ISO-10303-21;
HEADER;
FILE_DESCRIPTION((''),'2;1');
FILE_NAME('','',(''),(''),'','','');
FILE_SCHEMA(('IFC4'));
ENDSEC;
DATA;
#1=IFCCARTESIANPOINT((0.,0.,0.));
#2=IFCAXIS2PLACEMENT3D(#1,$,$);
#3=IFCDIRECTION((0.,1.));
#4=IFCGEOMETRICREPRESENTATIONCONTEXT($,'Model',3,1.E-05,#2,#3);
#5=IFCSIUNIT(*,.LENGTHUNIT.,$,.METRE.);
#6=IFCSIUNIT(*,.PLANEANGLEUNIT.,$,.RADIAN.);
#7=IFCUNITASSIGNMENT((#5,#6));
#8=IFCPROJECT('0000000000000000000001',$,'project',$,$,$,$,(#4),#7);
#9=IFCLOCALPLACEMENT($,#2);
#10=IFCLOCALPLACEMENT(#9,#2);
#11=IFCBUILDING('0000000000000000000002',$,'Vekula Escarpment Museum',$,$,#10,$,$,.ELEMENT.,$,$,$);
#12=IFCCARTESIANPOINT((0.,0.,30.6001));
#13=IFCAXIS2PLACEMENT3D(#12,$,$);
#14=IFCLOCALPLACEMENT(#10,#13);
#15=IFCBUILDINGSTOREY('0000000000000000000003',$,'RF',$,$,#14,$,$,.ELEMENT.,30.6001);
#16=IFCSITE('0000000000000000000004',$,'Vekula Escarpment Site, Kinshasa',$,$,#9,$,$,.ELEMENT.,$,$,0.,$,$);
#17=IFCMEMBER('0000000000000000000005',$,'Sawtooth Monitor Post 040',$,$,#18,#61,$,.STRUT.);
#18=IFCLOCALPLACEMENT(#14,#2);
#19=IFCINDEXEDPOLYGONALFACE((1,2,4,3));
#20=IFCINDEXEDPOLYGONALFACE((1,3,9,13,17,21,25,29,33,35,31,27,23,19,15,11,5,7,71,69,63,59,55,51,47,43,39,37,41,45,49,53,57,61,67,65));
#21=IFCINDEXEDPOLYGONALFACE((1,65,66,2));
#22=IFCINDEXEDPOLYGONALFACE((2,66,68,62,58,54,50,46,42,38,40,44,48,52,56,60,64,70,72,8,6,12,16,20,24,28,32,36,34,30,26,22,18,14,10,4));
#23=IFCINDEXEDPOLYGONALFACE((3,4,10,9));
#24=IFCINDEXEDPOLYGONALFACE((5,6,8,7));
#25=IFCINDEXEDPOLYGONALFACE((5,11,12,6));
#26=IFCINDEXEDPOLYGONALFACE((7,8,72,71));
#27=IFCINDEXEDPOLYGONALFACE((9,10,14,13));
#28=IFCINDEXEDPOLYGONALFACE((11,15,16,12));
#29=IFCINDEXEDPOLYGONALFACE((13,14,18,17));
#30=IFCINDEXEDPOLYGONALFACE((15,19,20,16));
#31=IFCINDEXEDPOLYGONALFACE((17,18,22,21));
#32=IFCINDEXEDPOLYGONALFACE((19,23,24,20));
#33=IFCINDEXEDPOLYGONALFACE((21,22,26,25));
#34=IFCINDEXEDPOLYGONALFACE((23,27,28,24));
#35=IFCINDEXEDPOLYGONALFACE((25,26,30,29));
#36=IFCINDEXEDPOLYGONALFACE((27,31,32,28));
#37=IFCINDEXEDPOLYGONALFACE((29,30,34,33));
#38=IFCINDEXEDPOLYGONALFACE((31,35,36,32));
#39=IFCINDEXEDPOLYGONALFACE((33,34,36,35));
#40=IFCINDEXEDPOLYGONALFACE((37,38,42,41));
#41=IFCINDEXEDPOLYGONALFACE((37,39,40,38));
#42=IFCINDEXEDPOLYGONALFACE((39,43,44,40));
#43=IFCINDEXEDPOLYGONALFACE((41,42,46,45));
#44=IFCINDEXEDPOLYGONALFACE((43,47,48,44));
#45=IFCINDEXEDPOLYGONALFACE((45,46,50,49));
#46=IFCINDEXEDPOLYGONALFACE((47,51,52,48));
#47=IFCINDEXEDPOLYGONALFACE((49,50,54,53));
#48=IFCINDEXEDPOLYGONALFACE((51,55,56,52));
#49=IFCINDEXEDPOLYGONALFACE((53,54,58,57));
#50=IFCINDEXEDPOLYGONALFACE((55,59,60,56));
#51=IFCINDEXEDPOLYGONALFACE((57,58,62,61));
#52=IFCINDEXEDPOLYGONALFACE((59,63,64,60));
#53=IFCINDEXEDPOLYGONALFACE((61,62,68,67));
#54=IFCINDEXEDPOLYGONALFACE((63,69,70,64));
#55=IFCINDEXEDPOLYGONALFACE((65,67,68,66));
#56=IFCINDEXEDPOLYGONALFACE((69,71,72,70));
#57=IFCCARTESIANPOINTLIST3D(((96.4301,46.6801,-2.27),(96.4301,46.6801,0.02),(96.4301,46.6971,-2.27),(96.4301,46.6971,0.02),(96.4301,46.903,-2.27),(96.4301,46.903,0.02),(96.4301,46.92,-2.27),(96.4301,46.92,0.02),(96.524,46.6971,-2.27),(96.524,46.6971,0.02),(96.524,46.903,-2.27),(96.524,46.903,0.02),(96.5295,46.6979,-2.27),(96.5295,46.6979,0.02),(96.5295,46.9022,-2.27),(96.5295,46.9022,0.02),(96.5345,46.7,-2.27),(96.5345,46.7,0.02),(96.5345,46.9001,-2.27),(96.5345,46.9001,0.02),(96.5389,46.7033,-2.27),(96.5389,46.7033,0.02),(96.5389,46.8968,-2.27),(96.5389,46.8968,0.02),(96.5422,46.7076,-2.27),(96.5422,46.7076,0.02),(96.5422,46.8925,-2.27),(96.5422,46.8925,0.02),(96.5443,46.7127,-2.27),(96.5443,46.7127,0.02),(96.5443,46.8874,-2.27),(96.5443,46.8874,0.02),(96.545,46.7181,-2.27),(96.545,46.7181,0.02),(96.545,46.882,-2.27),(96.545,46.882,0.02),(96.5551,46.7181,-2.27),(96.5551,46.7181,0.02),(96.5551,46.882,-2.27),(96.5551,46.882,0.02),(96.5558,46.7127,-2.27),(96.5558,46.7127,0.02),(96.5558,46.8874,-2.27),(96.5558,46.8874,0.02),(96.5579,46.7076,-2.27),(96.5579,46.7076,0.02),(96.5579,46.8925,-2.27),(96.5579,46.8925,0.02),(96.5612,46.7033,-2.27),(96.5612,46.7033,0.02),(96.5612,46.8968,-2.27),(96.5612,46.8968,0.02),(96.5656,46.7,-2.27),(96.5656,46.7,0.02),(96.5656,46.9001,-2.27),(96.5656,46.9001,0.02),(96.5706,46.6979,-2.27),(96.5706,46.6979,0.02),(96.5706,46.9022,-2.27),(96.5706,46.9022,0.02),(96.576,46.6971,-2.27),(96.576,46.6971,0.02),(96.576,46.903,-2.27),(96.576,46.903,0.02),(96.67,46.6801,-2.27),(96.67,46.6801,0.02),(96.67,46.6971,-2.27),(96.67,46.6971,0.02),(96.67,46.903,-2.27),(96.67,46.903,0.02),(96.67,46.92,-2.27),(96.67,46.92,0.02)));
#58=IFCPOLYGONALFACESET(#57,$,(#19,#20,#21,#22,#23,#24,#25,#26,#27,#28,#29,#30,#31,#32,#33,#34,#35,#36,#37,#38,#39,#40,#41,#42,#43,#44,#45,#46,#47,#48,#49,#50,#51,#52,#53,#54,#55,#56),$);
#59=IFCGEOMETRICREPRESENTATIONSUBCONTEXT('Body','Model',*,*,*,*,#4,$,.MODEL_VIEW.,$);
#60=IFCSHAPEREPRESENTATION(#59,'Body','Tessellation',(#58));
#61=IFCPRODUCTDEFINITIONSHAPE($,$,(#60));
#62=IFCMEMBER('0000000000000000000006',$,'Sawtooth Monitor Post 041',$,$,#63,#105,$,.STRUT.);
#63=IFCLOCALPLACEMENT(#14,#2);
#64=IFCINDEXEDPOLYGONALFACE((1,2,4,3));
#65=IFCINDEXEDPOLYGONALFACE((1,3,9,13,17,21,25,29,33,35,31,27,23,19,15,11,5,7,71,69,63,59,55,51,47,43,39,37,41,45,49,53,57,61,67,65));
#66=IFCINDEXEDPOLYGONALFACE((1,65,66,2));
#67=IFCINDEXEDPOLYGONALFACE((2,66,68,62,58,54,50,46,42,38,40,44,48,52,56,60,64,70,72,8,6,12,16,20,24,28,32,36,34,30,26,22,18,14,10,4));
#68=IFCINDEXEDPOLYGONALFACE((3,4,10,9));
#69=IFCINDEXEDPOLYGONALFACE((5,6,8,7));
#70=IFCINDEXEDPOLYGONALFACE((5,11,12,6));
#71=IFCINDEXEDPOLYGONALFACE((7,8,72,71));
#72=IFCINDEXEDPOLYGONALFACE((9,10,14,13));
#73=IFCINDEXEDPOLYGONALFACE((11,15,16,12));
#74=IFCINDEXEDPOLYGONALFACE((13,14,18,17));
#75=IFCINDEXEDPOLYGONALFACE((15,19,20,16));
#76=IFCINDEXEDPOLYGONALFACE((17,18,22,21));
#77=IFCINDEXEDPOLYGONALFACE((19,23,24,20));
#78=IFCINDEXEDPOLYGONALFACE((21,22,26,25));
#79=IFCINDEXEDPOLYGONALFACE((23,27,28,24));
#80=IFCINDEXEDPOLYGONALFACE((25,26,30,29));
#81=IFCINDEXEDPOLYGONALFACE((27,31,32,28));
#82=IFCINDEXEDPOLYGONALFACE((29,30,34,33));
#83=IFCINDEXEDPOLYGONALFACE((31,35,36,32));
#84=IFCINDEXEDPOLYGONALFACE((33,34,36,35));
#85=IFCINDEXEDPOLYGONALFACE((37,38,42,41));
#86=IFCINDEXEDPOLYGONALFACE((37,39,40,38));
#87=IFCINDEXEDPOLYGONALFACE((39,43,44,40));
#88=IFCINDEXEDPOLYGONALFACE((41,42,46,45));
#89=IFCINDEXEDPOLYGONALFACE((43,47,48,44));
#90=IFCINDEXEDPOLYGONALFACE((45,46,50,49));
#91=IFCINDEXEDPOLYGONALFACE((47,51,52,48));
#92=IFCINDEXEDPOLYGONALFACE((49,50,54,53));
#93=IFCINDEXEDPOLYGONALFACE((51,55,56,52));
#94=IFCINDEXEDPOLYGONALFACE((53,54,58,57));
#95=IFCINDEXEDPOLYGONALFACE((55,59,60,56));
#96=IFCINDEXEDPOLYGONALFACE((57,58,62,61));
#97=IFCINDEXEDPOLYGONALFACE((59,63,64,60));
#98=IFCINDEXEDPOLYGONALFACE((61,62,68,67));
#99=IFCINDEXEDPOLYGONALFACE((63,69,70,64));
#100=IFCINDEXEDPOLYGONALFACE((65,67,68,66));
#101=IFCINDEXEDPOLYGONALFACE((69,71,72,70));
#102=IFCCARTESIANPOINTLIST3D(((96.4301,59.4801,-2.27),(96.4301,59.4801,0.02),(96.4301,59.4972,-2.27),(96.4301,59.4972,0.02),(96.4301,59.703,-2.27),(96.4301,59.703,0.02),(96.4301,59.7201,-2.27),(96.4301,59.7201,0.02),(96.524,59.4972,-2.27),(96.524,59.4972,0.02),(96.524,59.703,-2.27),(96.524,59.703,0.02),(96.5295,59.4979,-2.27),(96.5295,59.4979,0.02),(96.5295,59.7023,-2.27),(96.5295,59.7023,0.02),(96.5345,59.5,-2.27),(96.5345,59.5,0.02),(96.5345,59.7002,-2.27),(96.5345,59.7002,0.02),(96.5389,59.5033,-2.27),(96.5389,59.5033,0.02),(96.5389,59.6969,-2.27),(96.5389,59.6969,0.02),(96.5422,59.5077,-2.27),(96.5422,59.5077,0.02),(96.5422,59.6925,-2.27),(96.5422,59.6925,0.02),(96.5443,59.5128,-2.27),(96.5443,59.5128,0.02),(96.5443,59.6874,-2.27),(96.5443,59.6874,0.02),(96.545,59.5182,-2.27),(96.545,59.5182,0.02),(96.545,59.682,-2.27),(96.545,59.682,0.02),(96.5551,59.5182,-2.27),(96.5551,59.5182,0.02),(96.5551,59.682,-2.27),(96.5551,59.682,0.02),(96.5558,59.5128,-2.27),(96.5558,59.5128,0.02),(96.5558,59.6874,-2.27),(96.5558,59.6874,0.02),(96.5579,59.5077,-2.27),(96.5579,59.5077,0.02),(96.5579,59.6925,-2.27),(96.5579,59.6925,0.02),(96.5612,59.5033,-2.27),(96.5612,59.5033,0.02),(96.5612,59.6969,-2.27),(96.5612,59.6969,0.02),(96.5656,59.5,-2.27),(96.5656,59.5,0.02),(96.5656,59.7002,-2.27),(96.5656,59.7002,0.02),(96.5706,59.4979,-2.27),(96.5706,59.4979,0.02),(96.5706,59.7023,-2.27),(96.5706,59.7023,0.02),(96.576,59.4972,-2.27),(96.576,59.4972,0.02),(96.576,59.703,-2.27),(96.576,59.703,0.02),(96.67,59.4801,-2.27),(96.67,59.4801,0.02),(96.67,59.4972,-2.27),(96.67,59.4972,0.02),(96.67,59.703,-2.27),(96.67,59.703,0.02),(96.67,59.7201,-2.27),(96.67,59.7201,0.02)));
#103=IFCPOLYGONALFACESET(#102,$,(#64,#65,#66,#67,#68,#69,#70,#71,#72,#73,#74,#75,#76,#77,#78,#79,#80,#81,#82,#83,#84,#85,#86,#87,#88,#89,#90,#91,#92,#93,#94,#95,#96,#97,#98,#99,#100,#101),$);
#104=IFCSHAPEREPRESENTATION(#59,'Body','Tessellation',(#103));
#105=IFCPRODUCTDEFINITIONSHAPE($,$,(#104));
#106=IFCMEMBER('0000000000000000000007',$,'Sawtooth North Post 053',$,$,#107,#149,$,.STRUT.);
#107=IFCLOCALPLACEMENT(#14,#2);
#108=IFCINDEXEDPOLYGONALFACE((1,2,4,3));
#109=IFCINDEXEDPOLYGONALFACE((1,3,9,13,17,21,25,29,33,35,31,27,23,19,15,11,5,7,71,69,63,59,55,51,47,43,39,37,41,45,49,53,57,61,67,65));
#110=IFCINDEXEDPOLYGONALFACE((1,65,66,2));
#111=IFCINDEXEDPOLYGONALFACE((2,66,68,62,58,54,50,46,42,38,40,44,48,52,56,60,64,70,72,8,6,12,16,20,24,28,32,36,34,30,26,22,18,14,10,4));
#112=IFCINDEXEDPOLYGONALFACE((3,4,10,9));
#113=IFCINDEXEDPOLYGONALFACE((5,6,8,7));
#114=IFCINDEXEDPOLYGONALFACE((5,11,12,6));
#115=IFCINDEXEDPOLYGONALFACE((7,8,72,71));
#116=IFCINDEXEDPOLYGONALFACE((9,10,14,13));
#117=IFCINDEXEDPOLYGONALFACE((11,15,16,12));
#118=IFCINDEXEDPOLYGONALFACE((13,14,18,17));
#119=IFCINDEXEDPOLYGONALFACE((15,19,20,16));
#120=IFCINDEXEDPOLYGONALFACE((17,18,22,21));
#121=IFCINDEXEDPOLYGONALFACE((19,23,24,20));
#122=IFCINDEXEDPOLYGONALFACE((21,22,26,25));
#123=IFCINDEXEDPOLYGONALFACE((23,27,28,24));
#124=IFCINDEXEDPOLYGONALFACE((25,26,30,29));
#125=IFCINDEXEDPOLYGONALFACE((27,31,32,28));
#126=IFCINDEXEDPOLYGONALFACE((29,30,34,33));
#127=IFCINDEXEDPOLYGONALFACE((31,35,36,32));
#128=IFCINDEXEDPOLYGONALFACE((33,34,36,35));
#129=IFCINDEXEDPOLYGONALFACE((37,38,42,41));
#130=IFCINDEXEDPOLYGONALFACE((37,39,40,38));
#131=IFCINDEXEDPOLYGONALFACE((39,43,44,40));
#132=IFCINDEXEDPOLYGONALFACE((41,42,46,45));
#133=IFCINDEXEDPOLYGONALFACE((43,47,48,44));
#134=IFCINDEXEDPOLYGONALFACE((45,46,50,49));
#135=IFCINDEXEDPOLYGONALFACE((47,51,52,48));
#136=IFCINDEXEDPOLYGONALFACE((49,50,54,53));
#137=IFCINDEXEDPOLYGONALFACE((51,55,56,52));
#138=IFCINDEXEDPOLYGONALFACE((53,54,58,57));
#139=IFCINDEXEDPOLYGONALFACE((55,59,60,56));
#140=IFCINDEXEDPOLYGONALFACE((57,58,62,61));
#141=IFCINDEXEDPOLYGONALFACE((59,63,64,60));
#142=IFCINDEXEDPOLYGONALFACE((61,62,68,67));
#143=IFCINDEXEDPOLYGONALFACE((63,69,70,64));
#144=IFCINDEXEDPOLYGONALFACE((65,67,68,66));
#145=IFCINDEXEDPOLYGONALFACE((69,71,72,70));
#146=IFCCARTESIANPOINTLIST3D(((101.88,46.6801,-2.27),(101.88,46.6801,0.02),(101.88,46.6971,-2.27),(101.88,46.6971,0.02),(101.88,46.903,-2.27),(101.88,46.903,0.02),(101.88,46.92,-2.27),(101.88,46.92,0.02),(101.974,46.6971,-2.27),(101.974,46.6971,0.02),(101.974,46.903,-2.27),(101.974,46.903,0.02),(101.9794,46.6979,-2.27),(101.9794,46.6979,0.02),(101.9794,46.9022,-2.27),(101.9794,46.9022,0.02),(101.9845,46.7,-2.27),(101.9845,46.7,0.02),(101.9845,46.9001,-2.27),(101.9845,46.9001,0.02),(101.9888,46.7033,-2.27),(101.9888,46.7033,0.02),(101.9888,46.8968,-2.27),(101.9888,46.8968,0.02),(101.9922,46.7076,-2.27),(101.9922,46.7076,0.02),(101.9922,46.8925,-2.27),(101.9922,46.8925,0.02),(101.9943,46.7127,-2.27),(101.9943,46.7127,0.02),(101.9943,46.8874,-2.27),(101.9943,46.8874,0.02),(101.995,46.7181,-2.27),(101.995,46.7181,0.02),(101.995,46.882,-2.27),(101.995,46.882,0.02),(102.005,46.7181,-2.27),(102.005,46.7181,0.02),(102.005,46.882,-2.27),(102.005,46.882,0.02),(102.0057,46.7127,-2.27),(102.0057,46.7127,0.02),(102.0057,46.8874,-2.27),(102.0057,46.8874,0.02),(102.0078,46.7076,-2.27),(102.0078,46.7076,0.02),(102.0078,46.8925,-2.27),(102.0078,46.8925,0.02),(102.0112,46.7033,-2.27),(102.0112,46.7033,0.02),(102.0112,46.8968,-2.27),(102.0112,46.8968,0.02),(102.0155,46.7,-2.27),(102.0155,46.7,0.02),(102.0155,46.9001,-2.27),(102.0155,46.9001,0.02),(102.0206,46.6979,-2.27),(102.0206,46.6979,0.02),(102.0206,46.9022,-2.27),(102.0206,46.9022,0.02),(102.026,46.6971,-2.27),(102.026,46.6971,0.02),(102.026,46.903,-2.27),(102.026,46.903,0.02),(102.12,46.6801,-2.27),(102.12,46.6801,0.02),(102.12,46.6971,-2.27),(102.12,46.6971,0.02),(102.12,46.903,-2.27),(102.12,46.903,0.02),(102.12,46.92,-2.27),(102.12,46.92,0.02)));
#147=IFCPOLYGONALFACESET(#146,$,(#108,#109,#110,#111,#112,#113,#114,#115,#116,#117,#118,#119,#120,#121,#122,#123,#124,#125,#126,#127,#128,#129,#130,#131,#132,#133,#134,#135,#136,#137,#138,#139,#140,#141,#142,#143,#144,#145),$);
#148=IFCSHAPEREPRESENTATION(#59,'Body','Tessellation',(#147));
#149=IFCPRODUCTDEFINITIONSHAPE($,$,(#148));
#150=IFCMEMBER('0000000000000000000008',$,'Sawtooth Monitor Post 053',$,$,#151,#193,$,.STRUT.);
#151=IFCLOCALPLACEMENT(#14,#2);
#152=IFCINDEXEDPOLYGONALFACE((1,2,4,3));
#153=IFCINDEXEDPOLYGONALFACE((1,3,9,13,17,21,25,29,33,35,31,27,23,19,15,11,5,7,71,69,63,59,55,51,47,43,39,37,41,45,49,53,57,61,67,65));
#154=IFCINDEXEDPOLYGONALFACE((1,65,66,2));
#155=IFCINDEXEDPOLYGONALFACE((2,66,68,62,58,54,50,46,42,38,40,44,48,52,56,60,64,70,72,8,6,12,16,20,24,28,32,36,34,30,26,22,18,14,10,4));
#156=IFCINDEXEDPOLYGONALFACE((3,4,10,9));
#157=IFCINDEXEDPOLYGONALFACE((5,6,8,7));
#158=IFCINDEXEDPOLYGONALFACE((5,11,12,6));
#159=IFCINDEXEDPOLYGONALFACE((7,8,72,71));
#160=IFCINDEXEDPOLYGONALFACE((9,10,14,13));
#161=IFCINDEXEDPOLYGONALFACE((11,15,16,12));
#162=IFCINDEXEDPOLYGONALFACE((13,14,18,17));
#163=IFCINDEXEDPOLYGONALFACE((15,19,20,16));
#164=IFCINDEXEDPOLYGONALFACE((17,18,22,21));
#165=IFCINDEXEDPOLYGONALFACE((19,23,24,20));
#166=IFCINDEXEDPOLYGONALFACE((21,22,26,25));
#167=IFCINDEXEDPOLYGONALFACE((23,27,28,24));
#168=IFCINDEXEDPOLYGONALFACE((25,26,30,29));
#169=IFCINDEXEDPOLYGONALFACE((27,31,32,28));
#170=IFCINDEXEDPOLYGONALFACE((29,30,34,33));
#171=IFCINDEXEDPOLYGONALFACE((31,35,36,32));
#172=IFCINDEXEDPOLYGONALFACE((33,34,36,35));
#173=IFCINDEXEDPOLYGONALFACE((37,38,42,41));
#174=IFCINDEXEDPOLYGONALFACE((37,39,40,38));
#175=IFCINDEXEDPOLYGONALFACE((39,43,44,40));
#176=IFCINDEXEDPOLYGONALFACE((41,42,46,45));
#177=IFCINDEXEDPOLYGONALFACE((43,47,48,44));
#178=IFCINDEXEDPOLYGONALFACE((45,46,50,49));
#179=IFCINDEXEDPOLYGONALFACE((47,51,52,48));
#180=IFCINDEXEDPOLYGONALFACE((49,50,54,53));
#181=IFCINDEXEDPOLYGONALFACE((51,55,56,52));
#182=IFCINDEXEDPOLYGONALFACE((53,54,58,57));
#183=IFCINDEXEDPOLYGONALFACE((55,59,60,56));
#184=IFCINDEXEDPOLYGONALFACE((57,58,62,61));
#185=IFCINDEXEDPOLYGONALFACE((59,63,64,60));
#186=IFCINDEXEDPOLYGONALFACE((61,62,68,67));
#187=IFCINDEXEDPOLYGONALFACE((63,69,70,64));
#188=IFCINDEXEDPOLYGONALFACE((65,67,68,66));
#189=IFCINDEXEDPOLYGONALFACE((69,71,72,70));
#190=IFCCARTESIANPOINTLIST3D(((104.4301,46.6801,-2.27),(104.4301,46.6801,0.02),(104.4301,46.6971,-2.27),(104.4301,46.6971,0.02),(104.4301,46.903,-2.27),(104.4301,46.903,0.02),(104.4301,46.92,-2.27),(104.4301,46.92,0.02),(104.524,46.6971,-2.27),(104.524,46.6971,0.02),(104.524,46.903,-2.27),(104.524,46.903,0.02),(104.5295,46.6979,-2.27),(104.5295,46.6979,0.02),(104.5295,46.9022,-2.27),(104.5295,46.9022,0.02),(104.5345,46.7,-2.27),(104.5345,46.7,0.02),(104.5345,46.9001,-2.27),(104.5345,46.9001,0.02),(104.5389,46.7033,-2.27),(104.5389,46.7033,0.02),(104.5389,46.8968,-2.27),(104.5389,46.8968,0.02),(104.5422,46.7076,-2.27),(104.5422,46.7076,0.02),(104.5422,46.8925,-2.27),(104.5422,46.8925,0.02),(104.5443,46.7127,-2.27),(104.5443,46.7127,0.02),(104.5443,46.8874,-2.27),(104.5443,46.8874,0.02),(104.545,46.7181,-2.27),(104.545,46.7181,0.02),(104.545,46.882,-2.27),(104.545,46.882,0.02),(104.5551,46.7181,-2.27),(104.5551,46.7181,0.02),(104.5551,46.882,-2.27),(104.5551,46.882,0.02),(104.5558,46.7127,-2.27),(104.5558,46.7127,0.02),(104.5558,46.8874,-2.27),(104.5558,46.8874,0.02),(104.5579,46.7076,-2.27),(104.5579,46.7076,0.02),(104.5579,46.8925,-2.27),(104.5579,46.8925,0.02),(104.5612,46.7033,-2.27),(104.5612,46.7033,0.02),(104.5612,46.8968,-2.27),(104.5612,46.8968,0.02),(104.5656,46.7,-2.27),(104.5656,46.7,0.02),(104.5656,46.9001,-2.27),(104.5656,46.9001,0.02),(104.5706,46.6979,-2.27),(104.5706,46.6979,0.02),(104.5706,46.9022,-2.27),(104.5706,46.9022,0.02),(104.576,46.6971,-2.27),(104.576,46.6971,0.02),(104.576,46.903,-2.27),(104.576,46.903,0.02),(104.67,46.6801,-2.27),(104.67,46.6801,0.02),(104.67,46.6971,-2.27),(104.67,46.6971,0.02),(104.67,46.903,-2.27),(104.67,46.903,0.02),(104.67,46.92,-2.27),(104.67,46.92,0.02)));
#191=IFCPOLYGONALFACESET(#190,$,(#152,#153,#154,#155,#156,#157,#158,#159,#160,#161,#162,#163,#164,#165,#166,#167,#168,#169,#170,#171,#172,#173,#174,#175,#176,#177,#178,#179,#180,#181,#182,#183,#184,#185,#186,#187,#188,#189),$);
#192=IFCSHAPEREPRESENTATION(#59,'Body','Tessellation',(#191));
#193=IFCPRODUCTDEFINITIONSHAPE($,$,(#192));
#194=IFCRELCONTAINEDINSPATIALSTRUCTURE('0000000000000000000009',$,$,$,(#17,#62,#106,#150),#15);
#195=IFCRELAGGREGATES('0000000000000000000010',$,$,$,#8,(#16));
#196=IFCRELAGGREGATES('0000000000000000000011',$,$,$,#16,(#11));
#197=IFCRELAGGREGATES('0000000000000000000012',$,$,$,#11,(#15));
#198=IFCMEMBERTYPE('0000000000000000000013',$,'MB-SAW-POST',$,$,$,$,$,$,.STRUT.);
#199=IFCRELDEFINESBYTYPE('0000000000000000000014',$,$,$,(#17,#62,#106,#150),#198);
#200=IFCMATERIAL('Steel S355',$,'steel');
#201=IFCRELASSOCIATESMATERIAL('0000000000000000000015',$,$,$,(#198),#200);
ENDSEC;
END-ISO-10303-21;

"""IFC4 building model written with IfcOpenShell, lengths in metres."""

from ifc_helpers import new_model, si_unit, direction, frame, origin, origin_2d, place, context, subcontext, project, spatial, i_section, extrude, material, material_profile, profile_set, type_object, element, save


model = new_model("IFC4")

# Units and contexts
model_context = context("Model", 3, precision=1e-05, world=origin(), true_north=direction((0.0, 1.0)))
body_context = subcontext(model_context, "Body", "Model", "MODEL_VIEW")
ifc_project = project(units=[si_unit("LENGTHUNIT", "METRE"), si_unit("PLANEANGLEUNIT", "RADIAN")], contexts=[model_context])

# Site, building, storey
site_placement = place(None, origin())
site = spatial("IfcSite", under=ifc_project, at=site_placement, Name="Vekula Escarpment Site, Kinshasa", CompositionType="ELEMENT", RefElevation=0.0)
building_placement = place(site_placement, origin())
building = spatial("IfcBuilding", under=site, at=building_placement, Name="Vekula Escarpment Museum", CompositionType="ELEMENT")
storey_placement = place(building_placement, frame((0.0, 0.0, 30.6001)))
storey = spatial("IfcBuildingStorey", under=building, at=storey_placement, Name="RF", CompositionType="ELEMENT", Elevation=30.6001)

# Members
ifc_material_1 = material(Name="Steel S355", Category="steel")
ifc_material_profile_1 = material_profile(ifc_material_1, i_section(OverallWidth=0.24, OverallDepth=0.24, WebThickness=0.01, FlangeThickness=0.0171, FilletRadius=0.021, at=origin_2d()), Name="HEB 240")
ifc_profile_set_1 = profile_set([ifc_material_profile_1], Name="Steel S355")
member_type_1 = type_object("IfcMemberType", Name="MB-SAW-POST", PredefinedType="STRUT", material=ifc_profile_set_1)
for number, where, z_axis, x_axis, name in (
    (1, (96.55, 46.8, -2.27), (0.0, 0.0, 1.0), (1.0, 0.0, 0.0), "Sawtooth Monitor Post 040"),
    (2, (96.55, 59.6001, -2.27), (0.0, 0.0, 1.0), (1.0, 0.0, 0.0), "Sawtooth Monitor Post 041"),
    (3, (102.0, 46.8, -2.27), (0.0, 0.0, 1.0), (1.0, 0.0, 0.0), "Sawtooth North Post 053"),
    (4, (104.55, 46.8, -2.27), (0.0, 0.0, 1.0), (1.0, 0.0, 0.0), "Sawtooth Monitor Post 053"),
):
    element("IfcMember", number, at=place(storey_placement, frame(where, z_axis=z_axis, x_axis=x_axis)), inside=storey, type_object=member_type_1, Name=name, PredefinedType="STRUT", context=body_context, shape_type="SweptSolid", body=[
        extrude(i_section(OverallWidth=0.24, OverallDepth=0.24, WebThickness=0.01, FlangeThickness=0.0171, FilletRadius=0.021, at=origin_2d()), origin(), (0.0, 0.0, 1.0), 2.29),
    ])

save(model, "model.ifc")
